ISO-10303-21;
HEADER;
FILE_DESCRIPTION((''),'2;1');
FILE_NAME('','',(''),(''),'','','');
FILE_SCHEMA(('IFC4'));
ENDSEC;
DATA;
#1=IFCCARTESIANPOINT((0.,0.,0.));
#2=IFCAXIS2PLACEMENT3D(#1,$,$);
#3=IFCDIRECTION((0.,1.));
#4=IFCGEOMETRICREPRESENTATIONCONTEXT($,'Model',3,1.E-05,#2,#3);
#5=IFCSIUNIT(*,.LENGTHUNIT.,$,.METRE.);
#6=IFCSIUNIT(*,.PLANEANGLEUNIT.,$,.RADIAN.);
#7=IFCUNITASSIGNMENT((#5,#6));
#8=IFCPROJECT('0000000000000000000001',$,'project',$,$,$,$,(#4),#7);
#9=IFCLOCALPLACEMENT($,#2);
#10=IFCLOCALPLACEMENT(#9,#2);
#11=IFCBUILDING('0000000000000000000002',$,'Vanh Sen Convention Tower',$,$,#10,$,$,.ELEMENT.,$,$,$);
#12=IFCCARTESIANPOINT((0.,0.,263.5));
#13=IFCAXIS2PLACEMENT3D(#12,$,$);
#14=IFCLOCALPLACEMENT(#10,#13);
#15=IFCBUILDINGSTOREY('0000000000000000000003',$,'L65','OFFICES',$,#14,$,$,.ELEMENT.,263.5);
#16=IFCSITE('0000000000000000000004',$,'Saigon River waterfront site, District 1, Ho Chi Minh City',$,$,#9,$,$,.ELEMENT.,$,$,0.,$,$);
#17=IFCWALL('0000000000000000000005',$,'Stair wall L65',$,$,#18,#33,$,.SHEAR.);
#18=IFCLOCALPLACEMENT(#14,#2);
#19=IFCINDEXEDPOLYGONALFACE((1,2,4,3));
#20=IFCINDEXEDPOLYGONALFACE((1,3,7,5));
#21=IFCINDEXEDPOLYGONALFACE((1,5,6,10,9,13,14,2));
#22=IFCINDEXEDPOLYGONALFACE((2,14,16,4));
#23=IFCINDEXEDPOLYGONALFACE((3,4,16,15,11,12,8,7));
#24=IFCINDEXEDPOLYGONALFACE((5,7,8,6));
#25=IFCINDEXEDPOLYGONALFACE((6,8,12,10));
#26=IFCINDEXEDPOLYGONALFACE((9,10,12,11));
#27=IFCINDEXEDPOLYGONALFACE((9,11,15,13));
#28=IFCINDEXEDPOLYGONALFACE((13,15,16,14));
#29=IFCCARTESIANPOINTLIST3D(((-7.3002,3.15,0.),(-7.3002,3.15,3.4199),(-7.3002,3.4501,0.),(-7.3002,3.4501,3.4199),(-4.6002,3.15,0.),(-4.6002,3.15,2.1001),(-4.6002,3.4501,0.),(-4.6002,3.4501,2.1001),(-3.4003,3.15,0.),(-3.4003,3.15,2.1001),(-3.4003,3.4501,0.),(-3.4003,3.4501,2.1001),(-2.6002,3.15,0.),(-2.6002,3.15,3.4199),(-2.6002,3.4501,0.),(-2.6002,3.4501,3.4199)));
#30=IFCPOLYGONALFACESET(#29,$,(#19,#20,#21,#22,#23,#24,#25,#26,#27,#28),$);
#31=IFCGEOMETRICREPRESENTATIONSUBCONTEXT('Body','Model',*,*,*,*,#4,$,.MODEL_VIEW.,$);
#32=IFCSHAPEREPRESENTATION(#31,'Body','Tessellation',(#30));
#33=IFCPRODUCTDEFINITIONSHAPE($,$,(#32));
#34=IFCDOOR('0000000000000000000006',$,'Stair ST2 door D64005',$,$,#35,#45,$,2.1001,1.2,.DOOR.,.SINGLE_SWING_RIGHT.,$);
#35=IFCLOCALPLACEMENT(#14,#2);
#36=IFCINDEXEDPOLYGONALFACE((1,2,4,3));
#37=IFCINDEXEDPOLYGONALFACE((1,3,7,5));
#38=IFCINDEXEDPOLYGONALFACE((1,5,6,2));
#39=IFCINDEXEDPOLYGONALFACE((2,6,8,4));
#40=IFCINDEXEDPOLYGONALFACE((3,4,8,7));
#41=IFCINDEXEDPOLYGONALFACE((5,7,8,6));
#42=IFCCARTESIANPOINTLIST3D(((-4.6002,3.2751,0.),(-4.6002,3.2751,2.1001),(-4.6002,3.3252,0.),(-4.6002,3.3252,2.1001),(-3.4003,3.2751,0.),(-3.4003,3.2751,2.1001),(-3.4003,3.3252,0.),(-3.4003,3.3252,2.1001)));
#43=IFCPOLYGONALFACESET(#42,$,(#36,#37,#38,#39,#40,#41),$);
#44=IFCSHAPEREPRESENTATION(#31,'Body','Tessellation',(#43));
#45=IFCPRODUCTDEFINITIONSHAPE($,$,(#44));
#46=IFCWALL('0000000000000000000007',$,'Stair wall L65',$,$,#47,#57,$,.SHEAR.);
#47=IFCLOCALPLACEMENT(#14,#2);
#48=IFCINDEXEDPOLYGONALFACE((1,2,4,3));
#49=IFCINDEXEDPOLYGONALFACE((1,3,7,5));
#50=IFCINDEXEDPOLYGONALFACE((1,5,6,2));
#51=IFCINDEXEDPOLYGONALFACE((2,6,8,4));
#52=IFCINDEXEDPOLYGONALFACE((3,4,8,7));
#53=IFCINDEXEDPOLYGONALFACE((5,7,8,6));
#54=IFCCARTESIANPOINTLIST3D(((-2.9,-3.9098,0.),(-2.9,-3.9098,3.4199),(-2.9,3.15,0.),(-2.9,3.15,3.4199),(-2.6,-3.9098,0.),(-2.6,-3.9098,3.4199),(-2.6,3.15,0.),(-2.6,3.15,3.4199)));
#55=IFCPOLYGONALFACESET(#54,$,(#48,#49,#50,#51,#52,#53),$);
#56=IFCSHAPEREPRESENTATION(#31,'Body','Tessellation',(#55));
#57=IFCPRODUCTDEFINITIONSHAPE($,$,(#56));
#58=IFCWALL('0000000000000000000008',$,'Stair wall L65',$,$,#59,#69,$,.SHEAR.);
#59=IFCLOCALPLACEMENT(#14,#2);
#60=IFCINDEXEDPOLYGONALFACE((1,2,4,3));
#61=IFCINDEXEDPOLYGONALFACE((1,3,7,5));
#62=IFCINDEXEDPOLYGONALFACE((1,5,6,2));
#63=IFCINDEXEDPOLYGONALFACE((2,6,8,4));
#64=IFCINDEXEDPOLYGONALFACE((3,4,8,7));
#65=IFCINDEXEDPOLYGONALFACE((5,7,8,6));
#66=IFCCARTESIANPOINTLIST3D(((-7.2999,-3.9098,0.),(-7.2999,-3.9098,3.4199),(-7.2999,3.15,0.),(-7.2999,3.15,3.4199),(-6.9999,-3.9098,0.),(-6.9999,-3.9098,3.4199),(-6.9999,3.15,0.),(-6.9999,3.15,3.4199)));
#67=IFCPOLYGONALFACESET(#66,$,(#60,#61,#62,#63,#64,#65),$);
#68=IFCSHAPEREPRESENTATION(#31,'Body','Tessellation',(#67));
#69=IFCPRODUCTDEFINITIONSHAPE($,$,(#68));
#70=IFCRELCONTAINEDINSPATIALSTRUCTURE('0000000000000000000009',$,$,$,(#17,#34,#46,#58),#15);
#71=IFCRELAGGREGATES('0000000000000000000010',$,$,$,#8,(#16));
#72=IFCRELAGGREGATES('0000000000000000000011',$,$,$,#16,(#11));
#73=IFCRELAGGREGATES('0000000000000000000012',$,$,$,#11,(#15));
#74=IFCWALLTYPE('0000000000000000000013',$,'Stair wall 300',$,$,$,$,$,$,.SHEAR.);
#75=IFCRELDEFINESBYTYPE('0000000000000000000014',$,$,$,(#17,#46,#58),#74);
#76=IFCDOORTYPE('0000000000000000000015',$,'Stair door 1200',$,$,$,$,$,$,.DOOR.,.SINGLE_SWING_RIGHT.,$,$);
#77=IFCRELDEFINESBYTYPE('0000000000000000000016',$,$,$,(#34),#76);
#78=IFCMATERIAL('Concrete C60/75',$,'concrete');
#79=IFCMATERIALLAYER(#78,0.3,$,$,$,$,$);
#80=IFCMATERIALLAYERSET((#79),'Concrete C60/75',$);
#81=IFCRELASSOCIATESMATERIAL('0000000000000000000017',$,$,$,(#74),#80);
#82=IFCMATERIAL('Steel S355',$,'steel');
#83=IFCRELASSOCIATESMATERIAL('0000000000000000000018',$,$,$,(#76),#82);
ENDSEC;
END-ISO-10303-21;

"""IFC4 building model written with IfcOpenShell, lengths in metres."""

from ifc_helpers import new_model, si_unit, direction, frame, frame_2d, origin, place, context, subcontext, project, spatial, rectangle, extrude, material, layer, layer_set, type_object, element, fill, save


model = new_model("IFC4")

# Units and contexts
model_context = context("Model", 3, precision=1e-05, world=origin(), true_north=direction((0.0, 1.0)))
body_context = subcontext(model_context, "Body", "Model", "MODEL_VIEW")
ifc_project = project(units=[si_unit("LENGTHUNIT", "METRE"), si_unit("PLANEANGLEUNIT", "RADIAN")], contexts=[model_context])

# Site, building, storey
site_placement = place(None, origin())
site = spatial("IfcSite", under=ifc_project, at=site_placement, Name="Saigon River waterfront site, District 1, Ho Chi Minh City", CompositionType="ELEMENT", RefElevation=0.0)
building_placement = place(site_placement, origin())
building = spatial("IfcBuilding", under=site, at=building_placement, Name="Vanh Sen Convention Tower", CompositionType="ELEMENT")
storey_placement = place(building_placement, frame((0.0, 0.0, 263.5)))
storey = spatial("IfcBuildingStorey", under=building, at=storey_placement, Name="L65", Description="OFFICES", CompositionType="ELEMENT", Elevation=263.5)

# Shared definitions
ifc_material_1 = material(Name="Concrete C60/75", Category="concrete")

# Shared definitions
ifc_material_2 = material(Name="Steel S355", Category="steel")

# Shared definitions
ifc_layer_1 = layer(ifc_material_1, 0.3)
ifc_layer_set_1 = layer_set([ifc_layer_1], Name="Concrete C60/75")
wall_type_1 = type_object("IfcWallType", Name="Stair wall 300", PredefinedType="SHEAR", material=ifc_layer_set_1)

# Wall, opening, door
wall_1_placement = place(storey_placement, frame((-2.6001, 3.3, 0.0), z_axis=(0.0, 0.0, 1.0), x_axis=(-1.0, 0.0, 0.0)))
wall_1 = element("IfcWall", 1, at=wall_1_placement, inside=storey, type_object=wall_type_1, Name="Stair wall L65", PredefinedType="SHEAR", context=body_context, shape_type="SweptSolid", body=[
    extrude(rectangle(XDim=4.7, YDim=0.3, at=frame_2d((2.3501, 0.0))), origin(), (0.0, 0.0, 1.0), 3.4199),
])
opening_1_placement = place(wall_1_placement, frame((0.8, 0.0, 0.0)))
opening_1 = element("IfcOpeningElement", 2, at=opening_1_placement, cuts=wall_1, PredefinedType="OPENING", context=body_context, shape_type="SweptSolid", body=[
    extrude(rectangle(XDim=1.2, YDim=2.1001, at=frame_2d((0.6001, 1.05))), frame((0.0, 0.1599, 0.0), z_axis=(0.0, -1.0, 0.0), x_axis=(1.0, 0.0, 0.0)), (0.0, 0.0, 1.0), 0.3201),
])
door_type_1 = type_object("IfcDoorType", Name="Stair door 1200", OperationType="SINGLE_SWING_RIGHT", PredefinedType="DOOR", material=ifc_material_2)
door_1_placement = place(opening_1_placement, origin())
door_1 = element("IfcDoor", 3, at=door_1_placement, inside=storey, type_object=door_type_1, Name="Stair ST2 door D64005", OperationType="SINGLE_SWING_RIGHT", OverallHeight=2.1001, OverallWidth=1.2, PredefinedType="DOOR", context=body_context, shape_type="SweptSolid", body=[
    extrude(rectangle(XDim=1.2, YDim=2.1001, at=frame_2d((0.6001, 1.05))), frame((0.0, 0.0249, 0.0), z_axis=(0.0, -1.0, 0.0), x_axis=(1.0, 0.0, 0.0)), (0.0, 0.0, 1.0), 0.05),
])
fill(opening_1, door_1)

# Walls
for number, where, z_axis, x_axis, name in (
    (4, (-2.75, 3.1499, 0.0), (0.0, 0.0, 1.0), (0.0, -1.0, 0.0), "Stair wall L65"),
    (5, (-7.1499, 3.1499, 0.0), (0.0, 0.0, 1.0), (0.0, -1.0, 0.0), "Stair wall L65"),
):
    element("IfcWall", number, at=place(storey_placement, frame(where, z_axis=z_axis, x_axis=x_axis)), inside=storey, type_object=wall_type_1, Name=name, PredefinedType="SHEAR", context=body_context, shape_type="SweptSolid", body=[
        extrude(rectangle(XDim=7.0598, YDim=0.3, at=frame_2d((3.5298, 0.0))), origin(), (0.0, 0.0, 1.0), 3.4199),
    ])

save(model, "model.ifc")
